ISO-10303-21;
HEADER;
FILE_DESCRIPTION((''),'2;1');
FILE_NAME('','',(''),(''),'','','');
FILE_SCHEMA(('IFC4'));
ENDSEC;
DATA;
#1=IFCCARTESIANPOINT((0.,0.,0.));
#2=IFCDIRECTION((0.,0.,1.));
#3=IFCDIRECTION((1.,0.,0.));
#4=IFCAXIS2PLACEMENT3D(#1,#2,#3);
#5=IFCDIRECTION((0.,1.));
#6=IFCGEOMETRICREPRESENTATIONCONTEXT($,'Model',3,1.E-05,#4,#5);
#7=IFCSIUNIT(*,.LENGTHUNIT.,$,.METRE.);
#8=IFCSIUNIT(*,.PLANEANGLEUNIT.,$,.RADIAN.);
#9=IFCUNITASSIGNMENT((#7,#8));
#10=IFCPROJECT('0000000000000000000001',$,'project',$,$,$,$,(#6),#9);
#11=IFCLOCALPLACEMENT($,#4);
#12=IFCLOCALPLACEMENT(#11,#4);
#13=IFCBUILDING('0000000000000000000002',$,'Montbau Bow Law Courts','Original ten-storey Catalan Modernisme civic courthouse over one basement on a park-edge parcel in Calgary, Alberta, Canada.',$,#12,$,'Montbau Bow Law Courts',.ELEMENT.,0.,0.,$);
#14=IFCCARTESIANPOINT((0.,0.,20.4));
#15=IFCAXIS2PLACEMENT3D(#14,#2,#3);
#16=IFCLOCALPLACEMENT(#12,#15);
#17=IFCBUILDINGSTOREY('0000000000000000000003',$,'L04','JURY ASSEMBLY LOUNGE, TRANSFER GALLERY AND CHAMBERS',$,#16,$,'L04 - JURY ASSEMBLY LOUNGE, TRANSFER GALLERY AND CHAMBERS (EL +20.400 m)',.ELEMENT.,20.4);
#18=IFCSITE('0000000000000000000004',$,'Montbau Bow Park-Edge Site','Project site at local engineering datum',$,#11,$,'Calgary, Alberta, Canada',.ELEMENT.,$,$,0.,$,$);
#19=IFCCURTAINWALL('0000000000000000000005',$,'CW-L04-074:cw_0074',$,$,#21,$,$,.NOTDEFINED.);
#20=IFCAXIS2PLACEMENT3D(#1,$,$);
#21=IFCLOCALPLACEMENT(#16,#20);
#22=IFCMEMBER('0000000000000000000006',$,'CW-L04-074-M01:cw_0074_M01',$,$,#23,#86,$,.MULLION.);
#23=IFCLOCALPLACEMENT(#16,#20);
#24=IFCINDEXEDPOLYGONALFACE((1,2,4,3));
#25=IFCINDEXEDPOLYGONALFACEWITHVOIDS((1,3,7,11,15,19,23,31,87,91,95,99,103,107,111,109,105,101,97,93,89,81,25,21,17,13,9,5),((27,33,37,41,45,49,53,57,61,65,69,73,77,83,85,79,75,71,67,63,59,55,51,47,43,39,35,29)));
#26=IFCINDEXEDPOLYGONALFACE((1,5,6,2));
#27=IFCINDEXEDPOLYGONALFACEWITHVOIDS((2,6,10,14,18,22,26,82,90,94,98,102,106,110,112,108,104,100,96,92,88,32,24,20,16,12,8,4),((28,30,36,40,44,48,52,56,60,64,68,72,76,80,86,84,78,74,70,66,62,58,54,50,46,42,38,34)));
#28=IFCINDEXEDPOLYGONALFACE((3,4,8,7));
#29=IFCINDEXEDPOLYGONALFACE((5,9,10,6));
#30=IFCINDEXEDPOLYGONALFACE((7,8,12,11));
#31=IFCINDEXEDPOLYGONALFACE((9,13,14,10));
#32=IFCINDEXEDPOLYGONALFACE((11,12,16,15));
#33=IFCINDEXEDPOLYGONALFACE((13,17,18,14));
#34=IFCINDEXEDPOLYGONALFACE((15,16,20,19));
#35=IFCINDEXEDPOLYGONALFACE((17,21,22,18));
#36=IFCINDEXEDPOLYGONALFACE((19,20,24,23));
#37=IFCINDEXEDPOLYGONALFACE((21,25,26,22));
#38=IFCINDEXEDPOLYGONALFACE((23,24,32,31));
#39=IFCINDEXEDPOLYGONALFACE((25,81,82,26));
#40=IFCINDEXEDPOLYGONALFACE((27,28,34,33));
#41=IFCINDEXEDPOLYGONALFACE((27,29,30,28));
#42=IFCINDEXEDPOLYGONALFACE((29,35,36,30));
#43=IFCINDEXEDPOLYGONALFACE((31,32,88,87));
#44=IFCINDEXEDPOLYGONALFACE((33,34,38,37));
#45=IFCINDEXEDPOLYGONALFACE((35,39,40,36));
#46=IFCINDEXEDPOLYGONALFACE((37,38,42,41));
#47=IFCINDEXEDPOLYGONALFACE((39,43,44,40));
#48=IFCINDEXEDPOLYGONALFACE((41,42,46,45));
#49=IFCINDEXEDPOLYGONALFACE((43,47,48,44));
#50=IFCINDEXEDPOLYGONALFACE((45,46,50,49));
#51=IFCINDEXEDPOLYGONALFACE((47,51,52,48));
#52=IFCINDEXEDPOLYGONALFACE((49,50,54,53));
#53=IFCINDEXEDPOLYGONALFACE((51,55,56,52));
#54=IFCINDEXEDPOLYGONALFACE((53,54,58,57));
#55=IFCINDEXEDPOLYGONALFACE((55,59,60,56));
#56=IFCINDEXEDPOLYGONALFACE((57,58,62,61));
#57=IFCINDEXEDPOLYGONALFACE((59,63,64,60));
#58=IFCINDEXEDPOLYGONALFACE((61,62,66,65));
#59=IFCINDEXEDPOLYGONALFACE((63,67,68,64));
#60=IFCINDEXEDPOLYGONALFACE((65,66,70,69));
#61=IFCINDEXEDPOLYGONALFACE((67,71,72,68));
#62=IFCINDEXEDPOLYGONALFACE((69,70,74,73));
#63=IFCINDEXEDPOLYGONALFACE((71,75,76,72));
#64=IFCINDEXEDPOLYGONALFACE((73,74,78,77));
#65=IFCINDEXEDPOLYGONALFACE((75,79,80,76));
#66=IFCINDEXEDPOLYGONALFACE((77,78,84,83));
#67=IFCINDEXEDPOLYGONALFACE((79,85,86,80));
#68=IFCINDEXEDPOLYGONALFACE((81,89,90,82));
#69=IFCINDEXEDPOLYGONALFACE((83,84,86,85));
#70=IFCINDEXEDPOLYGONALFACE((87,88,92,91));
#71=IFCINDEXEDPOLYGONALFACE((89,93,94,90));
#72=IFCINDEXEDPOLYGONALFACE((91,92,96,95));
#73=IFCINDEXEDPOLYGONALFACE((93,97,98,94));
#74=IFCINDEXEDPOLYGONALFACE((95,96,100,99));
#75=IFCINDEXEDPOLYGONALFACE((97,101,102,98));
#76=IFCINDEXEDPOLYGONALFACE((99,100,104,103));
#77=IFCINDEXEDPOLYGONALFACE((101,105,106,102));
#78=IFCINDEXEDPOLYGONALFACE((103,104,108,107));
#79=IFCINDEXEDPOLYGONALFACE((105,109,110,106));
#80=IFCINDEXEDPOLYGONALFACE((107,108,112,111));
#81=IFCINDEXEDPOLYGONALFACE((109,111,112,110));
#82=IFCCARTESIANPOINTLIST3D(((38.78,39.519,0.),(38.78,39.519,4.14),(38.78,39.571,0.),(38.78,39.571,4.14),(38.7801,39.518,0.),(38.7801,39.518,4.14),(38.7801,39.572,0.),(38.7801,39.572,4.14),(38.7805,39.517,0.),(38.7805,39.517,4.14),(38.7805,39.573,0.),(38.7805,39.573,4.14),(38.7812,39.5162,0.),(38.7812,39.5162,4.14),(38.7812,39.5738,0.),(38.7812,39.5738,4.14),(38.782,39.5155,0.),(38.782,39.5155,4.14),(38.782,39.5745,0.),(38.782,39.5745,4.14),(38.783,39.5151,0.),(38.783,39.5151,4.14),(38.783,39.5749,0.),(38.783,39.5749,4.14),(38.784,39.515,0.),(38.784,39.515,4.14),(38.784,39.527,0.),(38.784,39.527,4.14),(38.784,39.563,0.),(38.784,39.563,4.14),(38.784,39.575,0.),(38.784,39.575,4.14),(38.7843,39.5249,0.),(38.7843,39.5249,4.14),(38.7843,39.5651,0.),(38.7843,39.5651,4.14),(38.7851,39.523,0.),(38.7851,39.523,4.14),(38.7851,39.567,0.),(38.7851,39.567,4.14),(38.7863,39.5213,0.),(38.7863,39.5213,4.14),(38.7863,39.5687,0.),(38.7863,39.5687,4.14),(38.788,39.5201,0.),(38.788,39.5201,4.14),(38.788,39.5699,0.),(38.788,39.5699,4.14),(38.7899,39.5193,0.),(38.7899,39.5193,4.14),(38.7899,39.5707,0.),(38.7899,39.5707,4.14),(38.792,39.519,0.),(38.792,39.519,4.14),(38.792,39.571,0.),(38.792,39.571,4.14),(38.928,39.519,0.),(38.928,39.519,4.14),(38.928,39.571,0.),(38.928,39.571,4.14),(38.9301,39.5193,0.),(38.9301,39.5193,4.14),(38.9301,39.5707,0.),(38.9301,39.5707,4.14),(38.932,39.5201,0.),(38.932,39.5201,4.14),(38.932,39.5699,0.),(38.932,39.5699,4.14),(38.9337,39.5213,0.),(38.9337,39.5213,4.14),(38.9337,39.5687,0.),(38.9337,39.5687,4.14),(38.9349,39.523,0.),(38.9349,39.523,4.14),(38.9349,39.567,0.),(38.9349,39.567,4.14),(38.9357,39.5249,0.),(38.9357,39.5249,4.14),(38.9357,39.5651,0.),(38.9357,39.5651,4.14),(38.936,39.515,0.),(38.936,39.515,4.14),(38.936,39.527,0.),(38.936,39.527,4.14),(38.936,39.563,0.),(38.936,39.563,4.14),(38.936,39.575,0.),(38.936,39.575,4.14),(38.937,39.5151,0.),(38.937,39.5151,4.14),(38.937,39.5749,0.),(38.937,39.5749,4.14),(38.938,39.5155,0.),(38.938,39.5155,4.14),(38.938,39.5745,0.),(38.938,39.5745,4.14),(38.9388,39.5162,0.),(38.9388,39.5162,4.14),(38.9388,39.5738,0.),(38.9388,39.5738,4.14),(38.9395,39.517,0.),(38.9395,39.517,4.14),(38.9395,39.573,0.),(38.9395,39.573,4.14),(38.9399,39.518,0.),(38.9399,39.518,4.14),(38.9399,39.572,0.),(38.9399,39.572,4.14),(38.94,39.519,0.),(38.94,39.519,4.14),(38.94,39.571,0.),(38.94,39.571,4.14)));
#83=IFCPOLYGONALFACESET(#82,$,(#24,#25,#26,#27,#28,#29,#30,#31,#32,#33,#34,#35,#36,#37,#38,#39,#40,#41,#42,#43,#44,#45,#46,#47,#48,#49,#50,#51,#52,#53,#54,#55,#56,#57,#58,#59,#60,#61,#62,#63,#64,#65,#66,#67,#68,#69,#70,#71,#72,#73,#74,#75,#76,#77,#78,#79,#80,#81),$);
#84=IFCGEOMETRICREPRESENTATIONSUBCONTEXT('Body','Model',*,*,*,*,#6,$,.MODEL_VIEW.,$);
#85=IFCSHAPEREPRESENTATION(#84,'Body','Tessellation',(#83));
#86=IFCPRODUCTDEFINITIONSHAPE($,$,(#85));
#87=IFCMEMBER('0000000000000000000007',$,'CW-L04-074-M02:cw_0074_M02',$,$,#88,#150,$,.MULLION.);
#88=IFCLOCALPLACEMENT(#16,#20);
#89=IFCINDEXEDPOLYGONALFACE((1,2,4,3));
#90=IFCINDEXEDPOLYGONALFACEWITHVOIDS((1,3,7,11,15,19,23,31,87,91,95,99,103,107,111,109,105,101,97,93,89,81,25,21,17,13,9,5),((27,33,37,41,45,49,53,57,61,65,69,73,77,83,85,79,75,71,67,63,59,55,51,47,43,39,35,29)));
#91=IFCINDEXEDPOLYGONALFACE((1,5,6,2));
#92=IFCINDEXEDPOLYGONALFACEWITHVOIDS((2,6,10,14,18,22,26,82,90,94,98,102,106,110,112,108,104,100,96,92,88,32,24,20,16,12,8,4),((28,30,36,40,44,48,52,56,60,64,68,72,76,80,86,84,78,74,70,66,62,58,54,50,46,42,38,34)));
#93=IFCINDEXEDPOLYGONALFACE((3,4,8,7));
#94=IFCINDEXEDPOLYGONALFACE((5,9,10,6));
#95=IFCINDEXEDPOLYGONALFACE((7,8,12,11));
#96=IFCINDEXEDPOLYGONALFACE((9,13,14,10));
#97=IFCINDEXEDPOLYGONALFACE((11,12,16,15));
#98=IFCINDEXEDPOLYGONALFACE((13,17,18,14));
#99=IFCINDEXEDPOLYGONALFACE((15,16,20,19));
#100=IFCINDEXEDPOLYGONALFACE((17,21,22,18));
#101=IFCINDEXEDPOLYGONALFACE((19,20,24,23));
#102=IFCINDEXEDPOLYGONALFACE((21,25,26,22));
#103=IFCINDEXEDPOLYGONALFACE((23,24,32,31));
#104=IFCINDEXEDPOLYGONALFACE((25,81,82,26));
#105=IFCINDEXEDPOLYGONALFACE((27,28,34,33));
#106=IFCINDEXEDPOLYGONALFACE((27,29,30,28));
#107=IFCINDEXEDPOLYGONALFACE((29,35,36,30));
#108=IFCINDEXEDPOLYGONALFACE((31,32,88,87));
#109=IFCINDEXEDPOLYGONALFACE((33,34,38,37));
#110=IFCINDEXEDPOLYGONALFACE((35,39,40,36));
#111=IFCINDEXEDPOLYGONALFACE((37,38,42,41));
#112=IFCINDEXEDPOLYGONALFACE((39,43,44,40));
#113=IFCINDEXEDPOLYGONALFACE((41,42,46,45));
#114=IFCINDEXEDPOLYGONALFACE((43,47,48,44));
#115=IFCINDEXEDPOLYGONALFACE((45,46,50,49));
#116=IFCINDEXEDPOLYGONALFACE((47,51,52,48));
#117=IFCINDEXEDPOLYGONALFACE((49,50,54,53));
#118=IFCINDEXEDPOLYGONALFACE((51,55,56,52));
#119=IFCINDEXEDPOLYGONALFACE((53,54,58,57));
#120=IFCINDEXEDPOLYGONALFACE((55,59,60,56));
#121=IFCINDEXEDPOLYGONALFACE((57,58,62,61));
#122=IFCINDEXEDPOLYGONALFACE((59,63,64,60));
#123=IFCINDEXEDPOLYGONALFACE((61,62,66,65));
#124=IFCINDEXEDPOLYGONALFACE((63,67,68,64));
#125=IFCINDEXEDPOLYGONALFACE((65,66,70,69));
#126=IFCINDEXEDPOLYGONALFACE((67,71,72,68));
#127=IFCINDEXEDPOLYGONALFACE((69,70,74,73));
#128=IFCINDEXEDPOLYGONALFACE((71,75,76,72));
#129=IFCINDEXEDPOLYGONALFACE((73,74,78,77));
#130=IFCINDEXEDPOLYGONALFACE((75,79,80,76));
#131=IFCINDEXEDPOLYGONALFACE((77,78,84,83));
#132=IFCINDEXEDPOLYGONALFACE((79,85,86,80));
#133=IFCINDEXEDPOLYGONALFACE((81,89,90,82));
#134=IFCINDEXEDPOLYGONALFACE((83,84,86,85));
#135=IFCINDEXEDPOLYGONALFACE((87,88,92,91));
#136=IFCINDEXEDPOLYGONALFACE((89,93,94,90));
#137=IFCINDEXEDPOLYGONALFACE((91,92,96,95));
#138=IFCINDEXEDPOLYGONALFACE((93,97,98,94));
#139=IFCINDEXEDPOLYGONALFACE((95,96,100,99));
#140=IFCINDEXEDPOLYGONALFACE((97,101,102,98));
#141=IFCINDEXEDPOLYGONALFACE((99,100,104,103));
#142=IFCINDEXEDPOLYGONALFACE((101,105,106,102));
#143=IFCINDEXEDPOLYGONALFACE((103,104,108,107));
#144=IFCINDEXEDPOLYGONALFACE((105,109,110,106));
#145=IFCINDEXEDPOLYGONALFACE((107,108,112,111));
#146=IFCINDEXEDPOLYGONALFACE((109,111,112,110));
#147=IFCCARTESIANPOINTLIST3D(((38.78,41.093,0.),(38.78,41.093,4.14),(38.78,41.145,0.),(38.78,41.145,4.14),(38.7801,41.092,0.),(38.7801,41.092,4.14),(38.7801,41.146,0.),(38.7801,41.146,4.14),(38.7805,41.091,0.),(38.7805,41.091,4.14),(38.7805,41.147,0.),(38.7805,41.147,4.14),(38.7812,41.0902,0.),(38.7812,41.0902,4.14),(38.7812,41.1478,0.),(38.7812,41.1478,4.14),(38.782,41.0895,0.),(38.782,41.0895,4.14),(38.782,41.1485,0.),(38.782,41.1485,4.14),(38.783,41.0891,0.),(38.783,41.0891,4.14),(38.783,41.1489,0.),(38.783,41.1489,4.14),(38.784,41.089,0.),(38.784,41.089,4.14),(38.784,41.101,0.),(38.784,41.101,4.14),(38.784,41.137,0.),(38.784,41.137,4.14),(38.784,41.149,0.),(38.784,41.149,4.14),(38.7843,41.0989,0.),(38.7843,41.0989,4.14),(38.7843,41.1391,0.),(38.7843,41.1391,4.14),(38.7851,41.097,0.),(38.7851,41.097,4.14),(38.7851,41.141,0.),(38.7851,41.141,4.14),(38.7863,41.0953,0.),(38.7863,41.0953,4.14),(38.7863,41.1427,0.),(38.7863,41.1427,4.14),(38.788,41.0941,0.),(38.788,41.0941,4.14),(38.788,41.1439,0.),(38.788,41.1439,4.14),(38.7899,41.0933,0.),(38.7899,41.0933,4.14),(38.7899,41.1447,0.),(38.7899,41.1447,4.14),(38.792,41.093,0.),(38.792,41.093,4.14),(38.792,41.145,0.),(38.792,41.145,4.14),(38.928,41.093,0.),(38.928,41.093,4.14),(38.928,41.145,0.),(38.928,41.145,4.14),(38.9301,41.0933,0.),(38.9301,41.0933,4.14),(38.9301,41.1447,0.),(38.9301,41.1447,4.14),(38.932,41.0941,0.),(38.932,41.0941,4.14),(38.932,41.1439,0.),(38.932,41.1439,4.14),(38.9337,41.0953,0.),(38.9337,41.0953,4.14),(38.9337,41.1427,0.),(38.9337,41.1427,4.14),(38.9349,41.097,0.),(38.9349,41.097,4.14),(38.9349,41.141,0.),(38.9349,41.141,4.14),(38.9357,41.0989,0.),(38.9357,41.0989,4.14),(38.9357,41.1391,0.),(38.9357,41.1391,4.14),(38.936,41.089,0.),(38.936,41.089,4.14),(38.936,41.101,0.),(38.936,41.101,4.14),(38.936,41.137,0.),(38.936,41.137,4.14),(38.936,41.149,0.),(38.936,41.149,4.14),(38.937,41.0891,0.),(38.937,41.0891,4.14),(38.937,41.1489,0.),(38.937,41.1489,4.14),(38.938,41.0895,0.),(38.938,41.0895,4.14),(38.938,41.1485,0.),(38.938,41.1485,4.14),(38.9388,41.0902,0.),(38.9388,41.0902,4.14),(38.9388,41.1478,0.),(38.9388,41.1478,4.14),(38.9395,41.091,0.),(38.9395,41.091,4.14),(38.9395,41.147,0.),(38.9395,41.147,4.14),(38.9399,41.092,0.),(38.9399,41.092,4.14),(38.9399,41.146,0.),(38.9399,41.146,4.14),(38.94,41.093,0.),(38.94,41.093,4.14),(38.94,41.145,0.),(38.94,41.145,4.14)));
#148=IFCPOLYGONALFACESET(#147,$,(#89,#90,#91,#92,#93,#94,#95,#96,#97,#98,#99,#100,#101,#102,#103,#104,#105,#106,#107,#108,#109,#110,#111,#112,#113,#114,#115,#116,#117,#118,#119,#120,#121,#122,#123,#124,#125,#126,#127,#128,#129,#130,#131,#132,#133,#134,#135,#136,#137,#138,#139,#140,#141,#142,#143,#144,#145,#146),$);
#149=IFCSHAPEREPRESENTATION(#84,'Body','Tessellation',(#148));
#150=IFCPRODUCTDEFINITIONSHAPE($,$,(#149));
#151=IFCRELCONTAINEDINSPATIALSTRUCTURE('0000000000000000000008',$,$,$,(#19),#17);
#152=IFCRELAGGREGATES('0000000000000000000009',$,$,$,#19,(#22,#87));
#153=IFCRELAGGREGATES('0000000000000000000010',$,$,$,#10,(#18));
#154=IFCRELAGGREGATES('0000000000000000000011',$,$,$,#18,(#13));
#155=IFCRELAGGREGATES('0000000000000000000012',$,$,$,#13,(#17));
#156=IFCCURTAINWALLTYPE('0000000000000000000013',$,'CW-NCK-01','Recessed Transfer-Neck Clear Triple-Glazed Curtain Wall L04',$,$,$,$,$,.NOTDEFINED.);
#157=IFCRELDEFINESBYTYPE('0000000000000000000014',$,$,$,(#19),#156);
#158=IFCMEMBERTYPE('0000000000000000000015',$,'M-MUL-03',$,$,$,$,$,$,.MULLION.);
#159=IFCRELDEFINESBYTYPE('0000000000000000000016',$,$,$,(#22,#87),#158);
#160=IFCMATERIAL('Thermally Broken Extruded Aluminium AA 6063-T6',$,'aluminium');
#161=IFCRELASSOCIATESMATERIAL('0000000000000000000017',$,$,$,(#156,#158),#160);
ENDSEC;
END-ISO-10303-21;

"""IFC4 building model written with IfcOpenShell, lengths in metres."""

from ifc_helpers import new_model, si_unit, direction, frame, origin_with_axes, origin_2d_with_axis, place, context, subcontext, project, spatial, hollow_rectangle, extrude, material, material_profile, profile_set, type_object, element, aggregate, save


model = new_model("IFC4")

# Units and contexts
model_context = context("Model", 3, precision=1e-05, world=origin_with_axes(), true_north=direction((0.0, 1.0)))
body_context = subcontext(model_context, "Body", "Model", "MODEL_VIEW")
ifc_project = project(units=[si_unit("LENGTHUNIT", "METRE"), si_unit("PLANEANGLEUNIT", "RADIAN")], contexts=[model_context])

# Site, building, storey
site_placement = place(None, origin_with_axes())
site = spatial("IfcSite", under=ifc_project, at=site_placement, Name="Montbau Bow Park-Edge Site", Description="Project site at local engineering datum", LongName="Calgary, Alberta, Canada", CompositionType="ELEMENT", RefElevation=0.0)
building_placement = place(site_placement, origin_with_axes())
building = spatial("IfcBuilding", under=site, at=building_placement, Name="Montbau Bow Law Courts", Description="Original ten-storey Catalan Modernisme civic courthouse over one basement on a park-edge parcel in Calgary, Alberta, Canada.", LongName="Montbau Bow Law Courts", CompositionType="ELEMENT", ElevationOfRefHeight=0.0, ElevationOfTerrain=0.0)
storey_placement = place(building_placement, frame((0.0, 0.0, 20.4), z_axis=(0.0, 0.0, 1.0), x_axis=(1.0, 0.0, 0.0)))
storey = spatial("IfcBuildingStorey", under=building, at=storey_placement, Name="L04", Description="JURY ASSEMBLY LOUNGE, TRANSFER GALLERY AND CHAMBERS", LongName="L04 - JURY ASSEMBLY LOUNGE, TRANSFER GALLERY AND CHAMBERS (EL +20.400 m)", CompositionType="ELEMENT", Elevation=20.4)

# Shared definitions
ifc_material_1 = material(Name="Thermally Broken Extruded Aluminium AA 6063-T6", Category="aluminium")
curtain_wall_type = type_object("IfcCurtainWallType", Name="CW-NCK-01", Description="Recessed Transfer-Neck Clear Triple-Glazed Curtain Wall L04", PredefinedType="NOTDEFINED", material=ifc_material_1)
ifc_material_profile_1 = material_profile(ifc_material_1, hollow_rectangle(XDim=0.06, YDim=0.16, WallThickness=0.004, InnerFilletRadius=0.008, OuterFilletRadius=0.004, at=origin_2d_with_axis()), Name="CWM-160X60", Category="Main", Priority=0)
ifc_profile_set_1 = profile_set([ifc_material_profile_1], Name="Thermally Broken Extruded Aluminium AA 6063-T6")
member_type_1 = type_object("IfcMemberType", Name="M-MUL-03", PredefinedType="MULLION", material=ifc_profile_set_1)

# Curtain wall, members
curtain_wall_1_placement = place(None, frame((38.86, 39.515, 20.4), z_axis=(0.0, 0.0, 1.0), x_axis=(1.0, 0.0, 0.0)))
curtain_wall_1 = element("IfcCurtainWall", 1, at=curtain_wall_1_placement, inside=storey, type_object=curtain_wall_type, Name="CW-L04-074:cw_0074", PredefinedType="NOTDEFINED")
member_1_placement = place(None, frame((38.86, 39.545, 20.4), z_axis=(0.0, 0.0, 1.0), x_axis=(0.0, 1.0, 0.0)))
member_1 = element("IfcMember", 2, at=member_1_placement, type_object=member_type_1, Name="CW-L04-074-M01:cw_0074_M01", PredefinedType="MULLION", context=body_context, shape_type="SweptSolid", body=[
    extrude(hollow_rectangle(XDim=0.06, YDim=0.16, WallThickness=0.004, InnerFilletRadius=0.008, OuterFilletRadius=0.004, at=origin_2d_with_axis()), origin_with_axes(), (0.0, 0.0, 1.0), 4.14),
])
member_2_placement = place(None, frame((38.86, 41.119, 20.4), z_axis=(0.0, 0.0, 1.0), x_axis=(0.0, 1.0, 0.0)))
member_2 = element("IfcMember", 3, at=member_2_placement, type_object=member_type_1, Name="CW-L04-074-M02:cw_0074_M02", PredefinedType="MULLION", context=body_context, shape_type="SweptSolid", body=[
    extrude(hollow_rectangle(XDim=0.06, YDim=0.16, WallThickness=0.004, InnerFilletRadius=0.008, OuterFilletRadius=0.004, at=origin_2d_with_axis()), origin_with_axes(), (0.0, 0.0, 1.0), 4.14),
])

aggregate(curtain_wall_1, [member_1, member_2])

save(model, "model.ifc")
